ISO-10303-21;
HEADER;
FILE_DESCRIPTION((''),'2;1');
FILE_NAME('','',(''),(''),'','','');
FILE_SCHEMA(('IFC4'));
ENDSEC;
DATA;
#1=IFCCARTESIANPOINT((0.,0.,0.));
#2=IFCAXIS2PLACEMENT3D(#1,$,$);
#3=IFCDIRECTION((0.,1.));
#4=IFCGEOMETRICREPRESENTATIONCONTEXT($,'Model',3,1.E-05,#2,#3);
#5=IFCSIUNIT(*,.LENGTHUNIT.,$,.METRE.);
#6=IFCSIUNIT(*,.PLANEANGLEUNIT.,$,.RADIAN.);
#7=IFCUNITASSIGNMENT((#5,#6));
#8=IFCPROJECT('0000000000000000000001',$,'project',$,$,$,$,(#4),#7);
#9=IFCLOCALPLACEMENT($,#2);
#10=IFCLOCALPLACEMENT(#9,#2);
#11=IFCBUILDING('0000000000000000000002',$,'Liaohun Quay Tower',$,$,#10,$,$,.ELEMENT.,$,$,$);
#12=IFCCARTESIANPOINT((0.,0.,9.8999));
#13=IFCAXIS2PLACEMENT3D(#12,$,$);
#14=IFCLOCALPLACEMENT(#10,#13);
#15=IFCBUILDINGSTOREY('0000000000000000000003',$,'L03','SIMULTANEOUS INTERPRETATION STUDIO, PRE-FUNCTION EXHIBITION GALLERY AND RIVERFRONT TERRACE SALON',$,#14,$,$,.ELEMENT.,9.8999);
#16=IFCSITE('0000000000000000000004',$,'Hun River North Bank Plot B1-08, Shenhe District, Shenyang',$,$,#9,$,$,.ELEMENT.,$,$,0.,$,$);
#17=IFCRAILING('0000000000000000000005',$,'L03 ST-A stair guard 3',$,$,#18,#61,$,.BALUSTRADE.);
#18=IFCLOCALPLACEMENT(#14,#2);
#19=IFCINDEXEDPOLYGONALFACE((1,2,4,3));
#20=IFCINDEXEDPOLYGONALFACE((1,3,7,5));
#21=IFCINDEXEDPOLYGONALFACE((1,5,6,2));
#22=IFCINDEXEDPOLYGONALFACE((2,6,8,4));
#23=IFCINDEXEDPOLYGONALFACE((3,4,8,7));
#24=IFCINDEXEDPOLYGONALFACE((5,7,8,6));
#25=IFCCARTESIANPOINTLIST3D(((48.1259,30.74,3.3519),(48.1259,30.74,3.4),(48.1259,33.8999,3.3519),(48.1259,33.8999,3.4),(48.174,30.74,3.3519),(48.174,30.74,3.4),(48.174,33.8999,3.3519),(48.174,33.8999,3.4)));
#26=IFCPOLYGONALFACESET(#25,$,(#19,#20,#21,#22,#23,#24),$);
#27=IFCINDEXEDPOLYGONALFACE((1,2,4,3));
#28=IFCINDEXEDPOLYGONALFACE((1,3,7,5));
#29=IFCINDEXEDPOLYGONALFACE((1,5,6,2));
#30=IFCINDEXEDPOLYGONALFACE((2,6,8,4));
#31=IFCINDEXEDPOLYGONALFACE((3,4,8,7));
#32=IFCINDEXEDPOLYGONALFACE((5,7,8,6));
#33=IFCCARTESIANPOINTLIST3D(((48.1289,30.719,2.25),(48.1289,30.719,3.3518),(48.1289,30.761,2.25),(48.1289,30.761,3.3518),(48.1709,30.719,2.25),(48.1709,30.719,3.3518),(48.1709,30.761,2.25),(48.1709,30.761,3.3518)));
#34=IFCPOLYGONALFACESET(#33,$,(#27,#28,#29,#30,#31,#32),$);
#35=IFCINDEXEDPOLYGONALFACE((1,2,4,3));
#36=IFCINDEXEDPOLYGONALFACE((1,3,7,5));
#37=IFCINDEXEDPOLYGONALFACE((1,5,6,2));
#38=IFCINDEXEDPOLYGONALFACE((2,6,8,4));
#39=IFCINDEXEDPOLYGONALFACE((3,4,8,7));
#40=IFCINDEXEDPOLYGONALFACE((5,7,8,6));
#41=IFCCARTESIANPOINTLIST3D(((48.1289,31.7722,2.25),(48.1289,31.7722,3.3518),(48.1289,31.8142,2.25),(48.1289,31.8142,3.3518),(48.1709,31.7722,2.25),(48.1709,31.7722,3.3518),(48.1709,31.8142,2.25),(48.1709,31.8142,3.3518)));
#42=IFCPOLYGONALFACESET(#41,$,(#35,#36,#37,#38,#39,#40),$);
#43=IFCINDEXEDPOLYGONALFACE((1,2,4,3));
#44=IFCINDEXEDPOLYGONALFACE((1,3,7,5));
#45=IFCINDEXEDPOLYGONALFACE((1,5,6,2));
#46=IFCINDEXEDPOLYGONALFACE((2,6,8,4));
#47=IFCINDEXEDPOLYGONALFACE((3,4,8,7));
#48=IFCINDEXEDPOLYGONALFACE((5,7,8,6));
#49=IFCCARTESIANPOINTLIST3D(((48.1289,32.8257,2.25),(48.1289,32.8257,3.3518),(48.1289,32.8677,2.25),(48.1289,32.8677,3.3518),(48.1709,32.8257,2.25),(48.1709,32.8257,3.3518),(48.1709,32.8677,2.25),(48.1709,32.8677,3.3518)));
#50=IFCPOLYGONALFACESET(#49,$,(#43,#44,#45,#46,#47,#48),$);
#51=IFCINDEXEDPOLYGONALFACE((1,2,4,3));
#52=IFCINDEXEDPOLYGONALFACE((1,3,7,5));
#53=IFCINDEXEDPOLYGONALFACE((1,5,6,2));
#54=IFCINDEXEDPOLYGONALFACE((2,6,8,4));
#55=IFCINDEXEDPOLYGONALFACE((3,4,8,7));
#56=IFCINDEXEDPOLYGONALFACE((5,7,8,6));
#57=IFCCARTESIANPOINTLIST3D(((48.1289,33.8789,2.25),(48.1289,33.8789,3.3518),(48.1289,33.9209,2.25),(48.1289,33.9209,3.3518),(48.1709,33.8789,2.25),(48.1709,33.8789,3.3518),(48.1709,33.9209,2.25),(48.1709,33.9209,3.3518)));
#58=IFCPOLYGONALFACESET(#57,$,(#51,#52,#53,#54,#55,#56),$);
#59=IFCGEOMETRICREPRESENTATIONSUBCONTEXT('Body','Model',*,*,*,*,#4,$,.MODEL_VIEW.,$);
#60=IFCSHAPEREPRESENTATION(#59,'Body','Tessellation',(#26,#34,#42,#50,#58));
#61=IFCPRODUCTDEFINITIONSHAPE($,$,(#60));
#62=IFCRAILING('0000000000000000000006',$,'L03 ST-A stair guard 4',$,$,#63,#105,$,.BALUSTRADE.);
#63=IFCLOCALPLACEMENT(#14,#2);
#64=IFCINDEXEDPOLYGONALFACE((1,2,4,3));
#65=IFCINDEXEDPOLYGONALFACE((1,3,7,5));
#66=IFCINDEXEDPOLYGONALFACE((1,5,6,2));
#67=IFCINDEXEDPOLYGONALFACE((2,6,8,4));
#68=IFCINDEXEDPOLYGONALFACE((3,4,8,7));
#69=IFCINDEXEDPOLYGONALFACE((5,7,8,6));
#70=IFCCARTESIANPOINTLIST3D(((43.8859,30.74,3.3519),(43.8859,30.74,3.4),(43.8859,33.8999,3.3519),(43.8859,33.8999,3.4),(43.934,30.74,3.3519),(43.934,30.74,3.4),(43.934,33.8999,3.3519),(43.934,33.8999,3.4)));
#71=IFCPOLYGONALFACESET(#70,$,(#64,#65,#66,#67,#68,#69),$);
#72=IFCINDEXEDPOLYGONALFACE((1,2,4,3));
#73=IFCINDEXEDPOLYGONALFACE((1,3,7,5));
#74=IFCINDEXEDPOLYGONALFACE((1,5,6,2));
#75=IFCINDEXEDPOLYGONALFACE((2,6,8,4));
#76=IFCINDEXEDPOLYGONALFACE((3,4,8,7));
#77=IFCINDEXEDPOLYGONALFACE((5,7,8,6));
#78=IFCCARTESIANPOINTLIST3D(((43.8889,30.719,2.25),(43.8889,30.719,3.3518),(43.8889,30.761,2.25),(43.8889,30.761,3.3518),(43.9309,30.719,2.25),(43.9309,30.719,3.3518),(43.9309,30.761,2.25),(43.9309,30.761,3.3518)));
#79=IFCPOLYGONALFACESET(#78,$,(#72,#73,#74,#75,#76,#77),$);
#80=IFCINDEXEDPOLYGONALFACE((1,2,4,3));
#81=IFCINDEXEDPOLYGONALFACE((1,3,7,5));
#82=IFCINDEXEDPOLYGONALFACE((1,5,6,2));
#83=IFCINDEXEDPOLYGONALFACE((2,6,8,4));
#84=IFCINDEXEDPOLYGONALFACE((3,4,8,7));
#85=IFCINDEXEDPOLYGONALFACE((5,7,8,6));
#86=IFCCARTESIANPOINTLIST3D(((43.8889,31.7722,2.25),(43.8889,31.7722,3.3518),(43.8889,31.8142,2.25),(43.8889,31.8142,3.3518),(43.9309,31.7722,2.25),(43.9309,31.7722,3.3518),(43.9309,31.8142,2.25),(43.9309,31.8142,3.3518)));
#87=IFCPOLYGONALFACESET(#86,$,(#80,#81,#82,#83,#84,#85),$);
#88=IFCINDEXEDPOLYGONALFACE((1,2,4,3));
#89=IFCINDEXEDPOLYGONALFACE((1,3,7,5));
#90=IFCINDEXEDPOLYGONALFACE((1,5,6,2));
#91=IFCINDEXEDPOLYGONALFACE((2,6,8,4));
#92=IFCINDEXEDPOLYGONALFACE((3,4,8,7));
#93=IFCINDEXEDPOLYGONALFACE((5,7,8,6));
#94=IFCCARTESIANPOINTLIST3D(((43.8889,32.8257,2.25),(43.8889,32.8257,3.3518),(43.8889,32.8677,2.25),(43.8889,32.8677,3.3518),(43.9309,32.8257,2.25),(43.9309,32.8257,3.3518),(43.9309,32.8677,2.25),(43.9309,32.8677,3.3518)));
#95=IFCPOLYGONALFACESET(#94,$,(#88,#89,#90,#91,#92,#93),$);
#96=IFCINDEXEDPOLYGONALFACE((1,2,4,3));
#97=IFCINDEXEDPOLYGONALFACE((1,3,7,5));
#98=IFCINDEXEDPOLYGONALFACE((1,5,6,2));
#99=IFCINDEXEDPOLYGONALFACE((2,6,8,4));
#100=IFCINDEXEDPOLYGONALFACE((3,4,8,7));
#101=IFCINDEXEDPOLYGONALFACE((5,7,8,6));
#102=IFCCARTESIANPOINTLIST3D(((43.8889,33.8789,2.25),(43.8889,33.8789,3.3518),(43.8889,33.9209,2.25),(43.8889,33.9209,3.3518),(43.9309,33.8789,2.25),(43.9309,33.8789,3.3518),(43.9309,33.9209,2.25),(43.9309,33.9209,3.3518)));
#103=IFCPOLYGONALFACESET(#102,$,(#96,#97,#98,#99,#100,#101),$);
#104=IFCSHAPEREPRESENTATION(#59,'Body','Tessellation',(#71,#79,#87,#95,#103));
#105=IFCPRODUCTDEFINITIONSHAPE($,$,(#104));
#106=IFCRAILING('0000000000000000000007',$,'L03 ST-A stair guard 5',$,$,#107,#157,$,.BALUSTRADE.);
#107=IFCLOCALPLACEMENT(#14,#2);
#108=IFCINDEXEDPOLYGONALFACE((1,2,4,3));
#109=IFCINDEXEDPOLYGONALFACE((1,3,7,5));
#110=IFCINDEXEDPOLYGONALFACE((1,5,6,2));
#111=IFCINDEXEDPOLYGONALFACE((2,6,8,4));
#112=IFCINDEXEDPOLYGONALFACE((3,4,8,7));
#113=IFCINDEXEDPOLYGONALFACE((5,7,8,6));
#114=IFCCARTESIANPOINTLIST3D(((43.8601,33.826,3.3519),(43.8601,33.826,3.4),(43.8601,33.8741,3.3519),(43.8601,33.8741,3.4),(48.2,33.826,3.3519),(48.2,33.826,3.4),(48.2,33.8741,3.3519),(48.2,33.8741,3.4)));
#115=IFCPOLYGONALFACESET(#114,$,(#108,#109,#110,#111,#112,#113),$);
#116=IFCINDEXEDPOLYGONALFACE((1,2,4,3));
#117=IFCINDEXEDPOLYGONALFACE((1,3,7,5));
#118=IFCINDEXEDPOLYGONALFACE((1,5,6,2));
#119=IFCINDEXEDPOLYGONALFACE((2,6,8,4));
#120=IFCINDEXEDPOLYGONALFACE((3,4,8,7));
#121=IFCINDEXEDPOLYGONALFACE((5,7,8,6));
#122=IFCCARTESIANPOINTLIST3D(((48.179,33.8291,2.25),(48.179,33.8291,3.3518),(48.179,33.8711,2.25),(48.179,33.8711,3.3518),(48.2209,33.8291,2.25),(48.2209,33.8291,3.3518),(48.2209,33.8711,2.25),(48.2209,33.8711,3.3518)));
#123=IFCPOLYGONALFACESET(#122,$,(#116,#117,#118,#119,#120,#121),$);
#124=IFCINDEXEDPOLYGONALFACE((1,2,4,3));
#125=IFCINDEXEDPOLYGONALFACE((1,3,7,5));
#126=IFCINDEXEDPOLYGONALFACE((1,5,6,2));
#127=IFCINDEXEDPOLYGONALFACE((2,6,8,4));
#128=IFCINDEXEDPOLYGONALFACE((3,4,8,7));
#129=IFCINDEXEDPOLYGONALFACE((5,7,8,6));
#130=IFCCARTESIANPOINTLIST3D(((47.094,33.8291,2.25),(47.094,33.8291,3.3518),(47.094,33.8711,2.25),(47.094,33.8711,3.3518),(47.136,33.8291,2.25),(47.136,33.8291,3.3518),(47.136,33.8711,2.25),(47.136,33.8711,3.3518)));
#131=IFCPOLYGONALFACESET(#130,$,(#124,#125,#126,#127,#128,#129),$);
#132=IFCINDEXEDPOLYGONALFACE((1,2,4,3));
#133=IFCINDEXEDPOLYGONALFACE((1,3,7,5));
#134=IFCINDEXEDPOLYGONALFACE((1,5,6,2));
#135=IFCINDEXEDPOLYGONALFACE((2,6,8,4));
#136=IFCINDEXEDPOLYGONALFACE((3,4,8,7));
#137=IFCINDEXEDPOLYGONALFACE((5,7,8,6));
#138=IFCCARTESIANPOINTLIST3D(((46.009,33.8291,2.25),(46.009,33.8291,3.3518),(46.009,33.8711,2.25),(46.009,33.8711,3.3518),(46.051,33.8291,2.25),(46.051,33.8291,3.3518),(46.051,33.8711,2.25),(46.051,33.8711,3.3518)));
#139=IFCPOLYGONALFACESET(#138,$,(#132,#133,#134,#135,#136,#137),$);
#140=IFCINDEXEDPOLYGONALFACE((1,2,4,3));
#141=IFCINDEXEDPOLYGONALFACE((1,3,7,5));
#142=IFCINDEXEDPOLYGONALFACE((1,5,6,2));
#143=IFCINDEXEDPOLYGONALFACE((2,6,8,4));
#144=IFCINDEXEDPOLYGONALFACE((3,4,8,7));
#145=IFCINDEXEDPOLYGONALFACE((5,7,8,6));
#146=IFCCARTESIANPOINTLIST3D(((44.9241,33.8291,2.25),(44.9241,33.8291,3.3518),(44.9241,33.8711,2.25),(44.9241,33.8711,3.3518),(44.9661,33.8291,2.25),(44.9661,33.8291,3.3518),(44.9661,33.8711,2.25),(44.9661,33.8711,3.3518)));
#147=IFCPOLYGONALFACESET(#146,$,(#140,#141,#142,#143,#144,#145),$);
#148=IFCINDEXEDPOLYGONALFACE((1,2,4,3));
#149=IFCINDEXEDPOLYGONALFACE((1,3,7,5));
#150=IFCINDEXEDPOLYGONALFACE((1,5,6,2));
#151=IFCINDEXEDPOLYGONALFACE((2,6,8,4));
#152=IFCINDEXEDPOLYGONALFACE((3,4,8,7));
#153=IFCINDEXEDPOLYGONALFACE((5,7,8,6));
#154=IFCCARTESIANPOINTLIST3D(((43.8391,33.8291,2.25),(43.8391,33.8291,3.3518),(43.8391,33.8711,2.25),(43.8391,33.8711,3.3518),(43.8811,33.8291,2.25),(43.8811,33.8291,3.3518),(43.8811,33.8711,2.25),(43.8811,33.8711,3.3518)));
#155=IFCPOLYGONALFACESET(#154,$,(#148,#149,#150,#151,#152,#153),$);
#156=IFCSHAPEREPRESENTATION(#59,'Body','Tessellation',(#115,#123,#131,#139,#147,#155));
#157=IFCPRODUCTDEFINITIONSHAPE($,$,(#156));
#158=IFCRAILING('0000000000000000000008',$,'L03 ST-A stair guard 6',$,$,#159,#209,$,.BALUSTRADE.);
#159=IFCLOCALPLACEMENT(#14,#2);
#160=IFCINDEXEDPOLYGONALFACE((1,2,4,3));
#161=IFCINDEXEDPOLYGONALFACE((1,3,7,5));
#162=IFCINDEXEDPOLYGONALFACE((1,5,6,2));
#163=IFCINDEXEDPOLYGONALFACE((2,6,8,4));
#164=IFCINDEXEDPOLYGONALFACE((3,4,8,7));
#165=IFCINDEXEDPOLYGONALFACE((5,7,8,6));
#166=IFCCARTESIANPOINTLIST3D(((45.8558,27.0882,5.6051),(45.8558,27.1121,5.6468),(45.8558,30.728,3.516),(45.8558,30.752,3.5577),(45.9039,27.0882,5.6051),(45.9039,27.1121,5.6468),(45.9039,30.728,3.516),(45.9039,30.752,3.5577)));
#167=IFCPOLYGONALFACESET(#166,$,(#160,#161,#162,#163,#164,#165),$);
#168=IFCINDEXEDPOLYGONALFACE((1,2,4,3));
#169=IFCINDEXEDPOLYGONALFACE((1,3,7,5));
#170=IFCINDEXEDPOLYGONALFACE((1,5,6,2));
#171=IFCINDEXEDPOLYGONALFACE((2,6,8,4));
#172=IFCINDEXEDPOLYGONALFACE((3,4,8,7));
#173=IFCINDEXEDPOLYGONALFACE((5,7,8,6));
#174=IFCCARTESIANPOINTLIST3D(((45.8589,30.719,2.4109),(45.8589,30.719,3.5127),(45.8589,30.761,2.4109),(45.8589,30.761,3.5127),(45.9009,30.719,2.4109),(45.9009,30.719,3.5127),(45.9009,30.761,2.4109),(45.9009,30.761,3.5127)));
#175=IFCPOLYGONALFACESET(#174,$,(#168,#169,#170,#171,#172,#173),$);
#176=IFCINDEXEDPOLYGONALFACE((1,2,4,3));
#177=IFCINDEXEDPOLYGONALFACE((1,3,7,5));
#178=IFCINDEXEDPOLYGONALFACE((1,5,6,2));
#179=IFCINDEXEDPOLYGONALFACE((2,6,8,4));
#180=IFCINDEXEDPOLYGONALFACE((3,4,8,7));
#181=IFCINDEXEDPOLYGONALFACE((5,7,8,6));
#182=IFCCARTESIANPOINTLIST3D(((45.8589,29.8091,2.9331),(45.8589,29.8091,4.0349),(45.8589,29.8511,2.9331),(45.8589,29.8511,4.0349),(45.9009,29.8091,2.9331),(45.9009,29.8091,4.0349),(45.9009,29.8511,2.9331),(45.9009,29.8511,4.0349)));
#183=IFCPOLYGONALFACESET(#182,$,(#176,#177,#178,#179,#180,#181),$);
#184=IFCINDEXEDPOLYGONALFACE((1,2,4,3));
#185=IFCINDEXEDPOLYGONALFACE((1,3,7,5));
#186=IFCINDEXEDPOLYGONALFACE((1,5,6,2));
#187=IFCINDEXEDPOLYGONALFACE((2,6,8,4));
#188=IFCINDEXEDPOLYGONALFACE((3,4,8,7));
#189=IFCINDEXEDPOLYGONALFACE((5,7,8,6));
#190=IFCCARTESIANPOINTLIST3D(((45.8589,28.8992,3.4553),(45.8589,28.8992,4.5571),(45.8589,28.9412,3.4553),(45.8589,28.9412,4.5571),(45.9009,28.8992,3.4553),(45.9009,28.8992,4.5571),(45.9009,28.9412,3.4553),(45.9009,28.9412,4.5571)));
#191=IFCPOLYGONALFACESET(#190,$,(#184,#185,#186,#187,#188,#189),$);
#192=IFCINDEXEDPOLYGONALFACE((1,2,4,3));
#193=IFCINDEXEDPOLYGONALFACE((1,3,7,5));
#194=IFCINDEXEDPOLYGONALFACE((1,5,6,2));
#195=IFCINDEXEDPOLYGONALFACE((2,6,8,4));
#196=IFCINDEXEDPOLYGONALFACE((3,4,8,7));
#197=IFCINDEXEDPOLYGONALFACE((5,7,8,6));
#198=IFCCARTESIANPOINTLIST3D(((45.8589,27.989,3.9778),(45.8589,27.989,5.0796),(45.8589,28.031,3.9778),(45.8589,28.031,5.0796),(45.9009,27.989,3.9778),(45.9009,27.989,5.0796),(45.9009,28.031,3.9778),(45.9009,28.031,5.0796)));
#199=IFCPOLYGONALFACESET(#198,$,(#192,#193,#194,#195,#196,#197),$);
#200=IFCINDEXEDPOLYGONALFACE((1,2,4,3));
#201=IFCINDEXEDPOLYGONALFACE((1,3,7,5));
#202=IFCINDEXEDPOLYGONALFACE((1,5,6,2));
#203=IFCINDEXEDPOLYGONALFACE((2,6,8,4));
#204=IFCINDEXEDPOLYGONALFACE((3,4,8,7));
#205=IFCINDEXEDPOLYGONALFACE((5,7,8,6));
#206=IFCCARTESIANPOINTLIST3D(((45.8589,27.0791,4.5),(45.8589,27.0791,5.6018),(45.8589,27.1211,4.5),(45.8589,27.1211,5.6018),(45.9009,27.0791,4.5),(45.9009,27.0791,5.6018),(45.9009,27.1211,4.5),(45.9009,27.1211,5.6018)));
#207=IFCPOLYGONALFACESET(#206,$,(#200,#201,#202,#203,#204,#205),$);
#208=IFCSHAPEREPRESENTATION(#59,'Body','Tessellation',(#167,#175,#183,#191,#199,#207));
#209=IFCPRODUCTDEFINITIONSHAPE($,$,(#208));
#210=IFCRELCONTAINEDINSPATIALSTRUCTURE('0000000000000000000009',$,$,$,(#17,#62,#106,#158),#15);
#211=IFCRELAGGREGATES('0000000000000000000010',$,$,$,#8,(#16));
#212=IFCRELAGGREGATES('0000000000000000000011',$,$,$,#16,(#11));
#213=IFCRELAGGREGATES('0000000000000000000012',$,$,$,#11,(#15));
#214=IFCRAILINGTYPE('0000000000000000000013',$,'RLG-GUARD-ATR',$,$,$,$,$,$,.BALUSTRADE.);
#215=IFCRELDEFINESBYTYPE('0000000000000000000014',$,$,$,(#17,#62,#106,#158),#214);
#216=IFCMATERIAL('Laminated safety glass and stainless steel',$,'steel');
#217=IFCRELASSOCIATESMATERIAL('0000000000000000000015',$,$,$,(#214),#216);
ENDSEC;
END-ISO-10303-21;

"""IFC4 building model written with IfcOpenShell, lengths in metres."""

from ifc_helpers import new_model, si_unit, direction, frame, origin, origin_2d, place, context, subcontext, project, spatial, rectangle, extrude, material, type_object, element, save


model = new_model("IFC4")

# Units and contexts
model_context = context("Model", 3, precision=1e-05, world=origin(), true_north=direction((0.0, 1.0)))
body_context = subcontext(model_context, "Body", "Model", "MODEL_VIEW")
ifc_project = project(units=[si_unit("LENGTHUNIT", "METRE"), si_unit("PLANEANGLEUNIT", "RADIAN")], contexts=[model_context])

# Site, building, storey
site_placement = place(None, origin())
site = spatial("IfcSite", under=ifc_project, at=site_placement, Name="Hun River North Bank Plot B1-08, Shenhe District, Shenyang", CompositionType="ELEMENT", RefElevation=0.0)
building_placement = place(site_placement, origin())
building = spatial("IfcBuilding", under=site, at=building_placement, Name="Liaohun Quay Tower", CompositionType="ELEMENT")
storey_placement = place(building_placement, frame((0.0, 0.0, 9.8999)))
storey = spatial("IfcBuildingStorey", under=building, at=storey_placement, Name="L03", Description="SIMULTANEOUS INTERPRETATION STUDIO, PRE-FUNCTION EXHIBITION GALLERY AND RIVERFRONT TERRACE SALON", CompositionType="ELEMENT", Elevation=9.8999)

# Railings
ifc_material_1 = material(Name="Laminated safety glass and stainless steel", Category="steel")
railing_type_1 = type_object("IfcRailingType", Name="RLG-GUARD-ATR", PredefinedType="BALUSTRADE", material=ifc_material_1)
for number, where, name in (
    (1, (48.1499, 30.74, 2.25), "L03 ST-A stair guard 3"),
    (2, (43.9099, 30.74, 2.25), "L03 ST-A stair guard 4"),
):
    element("IfcRailing", number, at=place(storey_placement, frame(where)), inside=storey, type_object=railing_type_1, Name=name, PredefinedType="BALUSTRADE", context=body_context, shape_type="SweptSolid", body=[
        extrude(rectangle(XDim=0.0481, YDim=0.0481, at=origin_2d()), frame((0.0, 0.0, 1.126), z_axis=(0.0, 1.0, 0.0), x_axis=(-1.0, 0.0, 0.0)), (0.0, 0.0, 1.0), 3.1599),
        extrude(rectangle(XDim=0.042, YDim=0.042, at=origin_2d()), origin(), (0.0, 0.0, 1.0), 1.1018),
        extrude(rectangle(XDim=0.042, YDim=0.042, at=origin_2d()), frame((0.0, 1.0532, 0.0)), (0.0, 0.0, 1.0), 1.1018),
        extrude(rectangle(XDim=0.042, YDim=0.042, at=origin_2d()), frame((0.0, 2.1067, 0.0)), (0.0, 0.0, 1.0), 1.1018),
        extrude(rectangle(XDim=0.042, YDim=0.042, at=origin_2d()), frame((0.0, 3.1599, 0.0)), (0.0, 0.0, 1.0), 1.1018),
    ])
railing_1_placement = place(storey_placement, frame((48.2, 33.8501, 2.25)))
element("IfcRailing", 3, at=railing_1_placement, inside=storey, type_object=railing_type_1, Name="L03 ST-A stair guard 5", PredefinedType="BALUSTRADE", context=body_context, shape_type="SweptSolid", body=[
    extrude(rectangle(XDim=0.0481, YDim=0.0481, at=origin_2d()), frame((0.0, 0.0, 1.126), z_axis=(-1.0, 0.0, 0.0), x_axis=(0.0, -1.0, 0.0)), (0.0, 0.0, 1.0), 4.3398),
    extrude(rectangle(XDim=0.042, YDim=0.042, at=origin_2d()), origin(), (0.0, 0.0, 1.0), 1.1018),
    extrude(rectangle(XDim=0.042, YDim=0.042, at=origin_2d()), frame((-1.085, 0.0, 0.0)), (0.0, 0.0, 1.0), 1.1018),
    extrude(rectangle(XDim=0.042, YDim=0.042, at=origin_2d()), frame((-2.1699, 0.0, 0.0)), (0.0, 0.0, 1.0), 1.1018),
    extrude(rectangle(XDim=0.042, YDim=0.042, at=origin_2d()), frame((-3.2549, 0.0, 0.0)), (0.0, 0.0, 1.0), 1.1018),
    extrude(rectangle(XDim=0.042, YDim=0.042, at=origin_2d()), frame((-4.3398, 0.0, 0.0)), (0.0, 0.0, 1.0), 1.1018),
])
railing_2_placement = place(storey_placement, frame((45.8799, 30.74, 2.4109)))
element("IfcRailing", 4, at=railing_2_placement, inside=storey, type_object=railing_type_1, Name="L03 ST-A stair guard 6", PredefinedType="BALUSTRADE", context=body_context, shape_type="SweptSolid", body=[
    extrude(rectangle(XDim=0.0481, YDim=0.0481, at=origin_2d()), frame((0.0, 0.0, 1.126), z_axis=(0.0, -0.8673, 0.497786), x_axis=(1.0, 0.0, 0.0)), (0.0, 0.0, 1.0), 4.1968),
    extrude(rectangle(XDim=0.042, YDim=0.042, at=origin_2d()), origin(), (0.0, 0.0, 1.0), 1.1018),
    extrude(rectangle(XDim=0.042, YDim=0.042, at=origin_2d()), frame((0.0, -0.9099, 0.5222)), (0.0, 0.0, 1.0), 1.1018),
    extrude(rectangle(XDim=0.042, YDim=0.042, at=origin_2d()), frame((0.0, -1.8198, 1.0444)), (0.0, 0.0, 1.0), 1.1018),
    extrude(rectangle(XDim=0.042, YDim=0.042, at=origin_2d()), frame((0.0, -2.73, 1.5669)), (0.0, 0.0, 1.0), 1.1018),
    extrude(rectangle(XDim=0.042, YDim=0.042, at=origin_2d()), frame((0.0, -3.6399, 2.0891)), (0.0, 0.0, 1.0), 1.1018),
])

save(model, "model.ifc")
